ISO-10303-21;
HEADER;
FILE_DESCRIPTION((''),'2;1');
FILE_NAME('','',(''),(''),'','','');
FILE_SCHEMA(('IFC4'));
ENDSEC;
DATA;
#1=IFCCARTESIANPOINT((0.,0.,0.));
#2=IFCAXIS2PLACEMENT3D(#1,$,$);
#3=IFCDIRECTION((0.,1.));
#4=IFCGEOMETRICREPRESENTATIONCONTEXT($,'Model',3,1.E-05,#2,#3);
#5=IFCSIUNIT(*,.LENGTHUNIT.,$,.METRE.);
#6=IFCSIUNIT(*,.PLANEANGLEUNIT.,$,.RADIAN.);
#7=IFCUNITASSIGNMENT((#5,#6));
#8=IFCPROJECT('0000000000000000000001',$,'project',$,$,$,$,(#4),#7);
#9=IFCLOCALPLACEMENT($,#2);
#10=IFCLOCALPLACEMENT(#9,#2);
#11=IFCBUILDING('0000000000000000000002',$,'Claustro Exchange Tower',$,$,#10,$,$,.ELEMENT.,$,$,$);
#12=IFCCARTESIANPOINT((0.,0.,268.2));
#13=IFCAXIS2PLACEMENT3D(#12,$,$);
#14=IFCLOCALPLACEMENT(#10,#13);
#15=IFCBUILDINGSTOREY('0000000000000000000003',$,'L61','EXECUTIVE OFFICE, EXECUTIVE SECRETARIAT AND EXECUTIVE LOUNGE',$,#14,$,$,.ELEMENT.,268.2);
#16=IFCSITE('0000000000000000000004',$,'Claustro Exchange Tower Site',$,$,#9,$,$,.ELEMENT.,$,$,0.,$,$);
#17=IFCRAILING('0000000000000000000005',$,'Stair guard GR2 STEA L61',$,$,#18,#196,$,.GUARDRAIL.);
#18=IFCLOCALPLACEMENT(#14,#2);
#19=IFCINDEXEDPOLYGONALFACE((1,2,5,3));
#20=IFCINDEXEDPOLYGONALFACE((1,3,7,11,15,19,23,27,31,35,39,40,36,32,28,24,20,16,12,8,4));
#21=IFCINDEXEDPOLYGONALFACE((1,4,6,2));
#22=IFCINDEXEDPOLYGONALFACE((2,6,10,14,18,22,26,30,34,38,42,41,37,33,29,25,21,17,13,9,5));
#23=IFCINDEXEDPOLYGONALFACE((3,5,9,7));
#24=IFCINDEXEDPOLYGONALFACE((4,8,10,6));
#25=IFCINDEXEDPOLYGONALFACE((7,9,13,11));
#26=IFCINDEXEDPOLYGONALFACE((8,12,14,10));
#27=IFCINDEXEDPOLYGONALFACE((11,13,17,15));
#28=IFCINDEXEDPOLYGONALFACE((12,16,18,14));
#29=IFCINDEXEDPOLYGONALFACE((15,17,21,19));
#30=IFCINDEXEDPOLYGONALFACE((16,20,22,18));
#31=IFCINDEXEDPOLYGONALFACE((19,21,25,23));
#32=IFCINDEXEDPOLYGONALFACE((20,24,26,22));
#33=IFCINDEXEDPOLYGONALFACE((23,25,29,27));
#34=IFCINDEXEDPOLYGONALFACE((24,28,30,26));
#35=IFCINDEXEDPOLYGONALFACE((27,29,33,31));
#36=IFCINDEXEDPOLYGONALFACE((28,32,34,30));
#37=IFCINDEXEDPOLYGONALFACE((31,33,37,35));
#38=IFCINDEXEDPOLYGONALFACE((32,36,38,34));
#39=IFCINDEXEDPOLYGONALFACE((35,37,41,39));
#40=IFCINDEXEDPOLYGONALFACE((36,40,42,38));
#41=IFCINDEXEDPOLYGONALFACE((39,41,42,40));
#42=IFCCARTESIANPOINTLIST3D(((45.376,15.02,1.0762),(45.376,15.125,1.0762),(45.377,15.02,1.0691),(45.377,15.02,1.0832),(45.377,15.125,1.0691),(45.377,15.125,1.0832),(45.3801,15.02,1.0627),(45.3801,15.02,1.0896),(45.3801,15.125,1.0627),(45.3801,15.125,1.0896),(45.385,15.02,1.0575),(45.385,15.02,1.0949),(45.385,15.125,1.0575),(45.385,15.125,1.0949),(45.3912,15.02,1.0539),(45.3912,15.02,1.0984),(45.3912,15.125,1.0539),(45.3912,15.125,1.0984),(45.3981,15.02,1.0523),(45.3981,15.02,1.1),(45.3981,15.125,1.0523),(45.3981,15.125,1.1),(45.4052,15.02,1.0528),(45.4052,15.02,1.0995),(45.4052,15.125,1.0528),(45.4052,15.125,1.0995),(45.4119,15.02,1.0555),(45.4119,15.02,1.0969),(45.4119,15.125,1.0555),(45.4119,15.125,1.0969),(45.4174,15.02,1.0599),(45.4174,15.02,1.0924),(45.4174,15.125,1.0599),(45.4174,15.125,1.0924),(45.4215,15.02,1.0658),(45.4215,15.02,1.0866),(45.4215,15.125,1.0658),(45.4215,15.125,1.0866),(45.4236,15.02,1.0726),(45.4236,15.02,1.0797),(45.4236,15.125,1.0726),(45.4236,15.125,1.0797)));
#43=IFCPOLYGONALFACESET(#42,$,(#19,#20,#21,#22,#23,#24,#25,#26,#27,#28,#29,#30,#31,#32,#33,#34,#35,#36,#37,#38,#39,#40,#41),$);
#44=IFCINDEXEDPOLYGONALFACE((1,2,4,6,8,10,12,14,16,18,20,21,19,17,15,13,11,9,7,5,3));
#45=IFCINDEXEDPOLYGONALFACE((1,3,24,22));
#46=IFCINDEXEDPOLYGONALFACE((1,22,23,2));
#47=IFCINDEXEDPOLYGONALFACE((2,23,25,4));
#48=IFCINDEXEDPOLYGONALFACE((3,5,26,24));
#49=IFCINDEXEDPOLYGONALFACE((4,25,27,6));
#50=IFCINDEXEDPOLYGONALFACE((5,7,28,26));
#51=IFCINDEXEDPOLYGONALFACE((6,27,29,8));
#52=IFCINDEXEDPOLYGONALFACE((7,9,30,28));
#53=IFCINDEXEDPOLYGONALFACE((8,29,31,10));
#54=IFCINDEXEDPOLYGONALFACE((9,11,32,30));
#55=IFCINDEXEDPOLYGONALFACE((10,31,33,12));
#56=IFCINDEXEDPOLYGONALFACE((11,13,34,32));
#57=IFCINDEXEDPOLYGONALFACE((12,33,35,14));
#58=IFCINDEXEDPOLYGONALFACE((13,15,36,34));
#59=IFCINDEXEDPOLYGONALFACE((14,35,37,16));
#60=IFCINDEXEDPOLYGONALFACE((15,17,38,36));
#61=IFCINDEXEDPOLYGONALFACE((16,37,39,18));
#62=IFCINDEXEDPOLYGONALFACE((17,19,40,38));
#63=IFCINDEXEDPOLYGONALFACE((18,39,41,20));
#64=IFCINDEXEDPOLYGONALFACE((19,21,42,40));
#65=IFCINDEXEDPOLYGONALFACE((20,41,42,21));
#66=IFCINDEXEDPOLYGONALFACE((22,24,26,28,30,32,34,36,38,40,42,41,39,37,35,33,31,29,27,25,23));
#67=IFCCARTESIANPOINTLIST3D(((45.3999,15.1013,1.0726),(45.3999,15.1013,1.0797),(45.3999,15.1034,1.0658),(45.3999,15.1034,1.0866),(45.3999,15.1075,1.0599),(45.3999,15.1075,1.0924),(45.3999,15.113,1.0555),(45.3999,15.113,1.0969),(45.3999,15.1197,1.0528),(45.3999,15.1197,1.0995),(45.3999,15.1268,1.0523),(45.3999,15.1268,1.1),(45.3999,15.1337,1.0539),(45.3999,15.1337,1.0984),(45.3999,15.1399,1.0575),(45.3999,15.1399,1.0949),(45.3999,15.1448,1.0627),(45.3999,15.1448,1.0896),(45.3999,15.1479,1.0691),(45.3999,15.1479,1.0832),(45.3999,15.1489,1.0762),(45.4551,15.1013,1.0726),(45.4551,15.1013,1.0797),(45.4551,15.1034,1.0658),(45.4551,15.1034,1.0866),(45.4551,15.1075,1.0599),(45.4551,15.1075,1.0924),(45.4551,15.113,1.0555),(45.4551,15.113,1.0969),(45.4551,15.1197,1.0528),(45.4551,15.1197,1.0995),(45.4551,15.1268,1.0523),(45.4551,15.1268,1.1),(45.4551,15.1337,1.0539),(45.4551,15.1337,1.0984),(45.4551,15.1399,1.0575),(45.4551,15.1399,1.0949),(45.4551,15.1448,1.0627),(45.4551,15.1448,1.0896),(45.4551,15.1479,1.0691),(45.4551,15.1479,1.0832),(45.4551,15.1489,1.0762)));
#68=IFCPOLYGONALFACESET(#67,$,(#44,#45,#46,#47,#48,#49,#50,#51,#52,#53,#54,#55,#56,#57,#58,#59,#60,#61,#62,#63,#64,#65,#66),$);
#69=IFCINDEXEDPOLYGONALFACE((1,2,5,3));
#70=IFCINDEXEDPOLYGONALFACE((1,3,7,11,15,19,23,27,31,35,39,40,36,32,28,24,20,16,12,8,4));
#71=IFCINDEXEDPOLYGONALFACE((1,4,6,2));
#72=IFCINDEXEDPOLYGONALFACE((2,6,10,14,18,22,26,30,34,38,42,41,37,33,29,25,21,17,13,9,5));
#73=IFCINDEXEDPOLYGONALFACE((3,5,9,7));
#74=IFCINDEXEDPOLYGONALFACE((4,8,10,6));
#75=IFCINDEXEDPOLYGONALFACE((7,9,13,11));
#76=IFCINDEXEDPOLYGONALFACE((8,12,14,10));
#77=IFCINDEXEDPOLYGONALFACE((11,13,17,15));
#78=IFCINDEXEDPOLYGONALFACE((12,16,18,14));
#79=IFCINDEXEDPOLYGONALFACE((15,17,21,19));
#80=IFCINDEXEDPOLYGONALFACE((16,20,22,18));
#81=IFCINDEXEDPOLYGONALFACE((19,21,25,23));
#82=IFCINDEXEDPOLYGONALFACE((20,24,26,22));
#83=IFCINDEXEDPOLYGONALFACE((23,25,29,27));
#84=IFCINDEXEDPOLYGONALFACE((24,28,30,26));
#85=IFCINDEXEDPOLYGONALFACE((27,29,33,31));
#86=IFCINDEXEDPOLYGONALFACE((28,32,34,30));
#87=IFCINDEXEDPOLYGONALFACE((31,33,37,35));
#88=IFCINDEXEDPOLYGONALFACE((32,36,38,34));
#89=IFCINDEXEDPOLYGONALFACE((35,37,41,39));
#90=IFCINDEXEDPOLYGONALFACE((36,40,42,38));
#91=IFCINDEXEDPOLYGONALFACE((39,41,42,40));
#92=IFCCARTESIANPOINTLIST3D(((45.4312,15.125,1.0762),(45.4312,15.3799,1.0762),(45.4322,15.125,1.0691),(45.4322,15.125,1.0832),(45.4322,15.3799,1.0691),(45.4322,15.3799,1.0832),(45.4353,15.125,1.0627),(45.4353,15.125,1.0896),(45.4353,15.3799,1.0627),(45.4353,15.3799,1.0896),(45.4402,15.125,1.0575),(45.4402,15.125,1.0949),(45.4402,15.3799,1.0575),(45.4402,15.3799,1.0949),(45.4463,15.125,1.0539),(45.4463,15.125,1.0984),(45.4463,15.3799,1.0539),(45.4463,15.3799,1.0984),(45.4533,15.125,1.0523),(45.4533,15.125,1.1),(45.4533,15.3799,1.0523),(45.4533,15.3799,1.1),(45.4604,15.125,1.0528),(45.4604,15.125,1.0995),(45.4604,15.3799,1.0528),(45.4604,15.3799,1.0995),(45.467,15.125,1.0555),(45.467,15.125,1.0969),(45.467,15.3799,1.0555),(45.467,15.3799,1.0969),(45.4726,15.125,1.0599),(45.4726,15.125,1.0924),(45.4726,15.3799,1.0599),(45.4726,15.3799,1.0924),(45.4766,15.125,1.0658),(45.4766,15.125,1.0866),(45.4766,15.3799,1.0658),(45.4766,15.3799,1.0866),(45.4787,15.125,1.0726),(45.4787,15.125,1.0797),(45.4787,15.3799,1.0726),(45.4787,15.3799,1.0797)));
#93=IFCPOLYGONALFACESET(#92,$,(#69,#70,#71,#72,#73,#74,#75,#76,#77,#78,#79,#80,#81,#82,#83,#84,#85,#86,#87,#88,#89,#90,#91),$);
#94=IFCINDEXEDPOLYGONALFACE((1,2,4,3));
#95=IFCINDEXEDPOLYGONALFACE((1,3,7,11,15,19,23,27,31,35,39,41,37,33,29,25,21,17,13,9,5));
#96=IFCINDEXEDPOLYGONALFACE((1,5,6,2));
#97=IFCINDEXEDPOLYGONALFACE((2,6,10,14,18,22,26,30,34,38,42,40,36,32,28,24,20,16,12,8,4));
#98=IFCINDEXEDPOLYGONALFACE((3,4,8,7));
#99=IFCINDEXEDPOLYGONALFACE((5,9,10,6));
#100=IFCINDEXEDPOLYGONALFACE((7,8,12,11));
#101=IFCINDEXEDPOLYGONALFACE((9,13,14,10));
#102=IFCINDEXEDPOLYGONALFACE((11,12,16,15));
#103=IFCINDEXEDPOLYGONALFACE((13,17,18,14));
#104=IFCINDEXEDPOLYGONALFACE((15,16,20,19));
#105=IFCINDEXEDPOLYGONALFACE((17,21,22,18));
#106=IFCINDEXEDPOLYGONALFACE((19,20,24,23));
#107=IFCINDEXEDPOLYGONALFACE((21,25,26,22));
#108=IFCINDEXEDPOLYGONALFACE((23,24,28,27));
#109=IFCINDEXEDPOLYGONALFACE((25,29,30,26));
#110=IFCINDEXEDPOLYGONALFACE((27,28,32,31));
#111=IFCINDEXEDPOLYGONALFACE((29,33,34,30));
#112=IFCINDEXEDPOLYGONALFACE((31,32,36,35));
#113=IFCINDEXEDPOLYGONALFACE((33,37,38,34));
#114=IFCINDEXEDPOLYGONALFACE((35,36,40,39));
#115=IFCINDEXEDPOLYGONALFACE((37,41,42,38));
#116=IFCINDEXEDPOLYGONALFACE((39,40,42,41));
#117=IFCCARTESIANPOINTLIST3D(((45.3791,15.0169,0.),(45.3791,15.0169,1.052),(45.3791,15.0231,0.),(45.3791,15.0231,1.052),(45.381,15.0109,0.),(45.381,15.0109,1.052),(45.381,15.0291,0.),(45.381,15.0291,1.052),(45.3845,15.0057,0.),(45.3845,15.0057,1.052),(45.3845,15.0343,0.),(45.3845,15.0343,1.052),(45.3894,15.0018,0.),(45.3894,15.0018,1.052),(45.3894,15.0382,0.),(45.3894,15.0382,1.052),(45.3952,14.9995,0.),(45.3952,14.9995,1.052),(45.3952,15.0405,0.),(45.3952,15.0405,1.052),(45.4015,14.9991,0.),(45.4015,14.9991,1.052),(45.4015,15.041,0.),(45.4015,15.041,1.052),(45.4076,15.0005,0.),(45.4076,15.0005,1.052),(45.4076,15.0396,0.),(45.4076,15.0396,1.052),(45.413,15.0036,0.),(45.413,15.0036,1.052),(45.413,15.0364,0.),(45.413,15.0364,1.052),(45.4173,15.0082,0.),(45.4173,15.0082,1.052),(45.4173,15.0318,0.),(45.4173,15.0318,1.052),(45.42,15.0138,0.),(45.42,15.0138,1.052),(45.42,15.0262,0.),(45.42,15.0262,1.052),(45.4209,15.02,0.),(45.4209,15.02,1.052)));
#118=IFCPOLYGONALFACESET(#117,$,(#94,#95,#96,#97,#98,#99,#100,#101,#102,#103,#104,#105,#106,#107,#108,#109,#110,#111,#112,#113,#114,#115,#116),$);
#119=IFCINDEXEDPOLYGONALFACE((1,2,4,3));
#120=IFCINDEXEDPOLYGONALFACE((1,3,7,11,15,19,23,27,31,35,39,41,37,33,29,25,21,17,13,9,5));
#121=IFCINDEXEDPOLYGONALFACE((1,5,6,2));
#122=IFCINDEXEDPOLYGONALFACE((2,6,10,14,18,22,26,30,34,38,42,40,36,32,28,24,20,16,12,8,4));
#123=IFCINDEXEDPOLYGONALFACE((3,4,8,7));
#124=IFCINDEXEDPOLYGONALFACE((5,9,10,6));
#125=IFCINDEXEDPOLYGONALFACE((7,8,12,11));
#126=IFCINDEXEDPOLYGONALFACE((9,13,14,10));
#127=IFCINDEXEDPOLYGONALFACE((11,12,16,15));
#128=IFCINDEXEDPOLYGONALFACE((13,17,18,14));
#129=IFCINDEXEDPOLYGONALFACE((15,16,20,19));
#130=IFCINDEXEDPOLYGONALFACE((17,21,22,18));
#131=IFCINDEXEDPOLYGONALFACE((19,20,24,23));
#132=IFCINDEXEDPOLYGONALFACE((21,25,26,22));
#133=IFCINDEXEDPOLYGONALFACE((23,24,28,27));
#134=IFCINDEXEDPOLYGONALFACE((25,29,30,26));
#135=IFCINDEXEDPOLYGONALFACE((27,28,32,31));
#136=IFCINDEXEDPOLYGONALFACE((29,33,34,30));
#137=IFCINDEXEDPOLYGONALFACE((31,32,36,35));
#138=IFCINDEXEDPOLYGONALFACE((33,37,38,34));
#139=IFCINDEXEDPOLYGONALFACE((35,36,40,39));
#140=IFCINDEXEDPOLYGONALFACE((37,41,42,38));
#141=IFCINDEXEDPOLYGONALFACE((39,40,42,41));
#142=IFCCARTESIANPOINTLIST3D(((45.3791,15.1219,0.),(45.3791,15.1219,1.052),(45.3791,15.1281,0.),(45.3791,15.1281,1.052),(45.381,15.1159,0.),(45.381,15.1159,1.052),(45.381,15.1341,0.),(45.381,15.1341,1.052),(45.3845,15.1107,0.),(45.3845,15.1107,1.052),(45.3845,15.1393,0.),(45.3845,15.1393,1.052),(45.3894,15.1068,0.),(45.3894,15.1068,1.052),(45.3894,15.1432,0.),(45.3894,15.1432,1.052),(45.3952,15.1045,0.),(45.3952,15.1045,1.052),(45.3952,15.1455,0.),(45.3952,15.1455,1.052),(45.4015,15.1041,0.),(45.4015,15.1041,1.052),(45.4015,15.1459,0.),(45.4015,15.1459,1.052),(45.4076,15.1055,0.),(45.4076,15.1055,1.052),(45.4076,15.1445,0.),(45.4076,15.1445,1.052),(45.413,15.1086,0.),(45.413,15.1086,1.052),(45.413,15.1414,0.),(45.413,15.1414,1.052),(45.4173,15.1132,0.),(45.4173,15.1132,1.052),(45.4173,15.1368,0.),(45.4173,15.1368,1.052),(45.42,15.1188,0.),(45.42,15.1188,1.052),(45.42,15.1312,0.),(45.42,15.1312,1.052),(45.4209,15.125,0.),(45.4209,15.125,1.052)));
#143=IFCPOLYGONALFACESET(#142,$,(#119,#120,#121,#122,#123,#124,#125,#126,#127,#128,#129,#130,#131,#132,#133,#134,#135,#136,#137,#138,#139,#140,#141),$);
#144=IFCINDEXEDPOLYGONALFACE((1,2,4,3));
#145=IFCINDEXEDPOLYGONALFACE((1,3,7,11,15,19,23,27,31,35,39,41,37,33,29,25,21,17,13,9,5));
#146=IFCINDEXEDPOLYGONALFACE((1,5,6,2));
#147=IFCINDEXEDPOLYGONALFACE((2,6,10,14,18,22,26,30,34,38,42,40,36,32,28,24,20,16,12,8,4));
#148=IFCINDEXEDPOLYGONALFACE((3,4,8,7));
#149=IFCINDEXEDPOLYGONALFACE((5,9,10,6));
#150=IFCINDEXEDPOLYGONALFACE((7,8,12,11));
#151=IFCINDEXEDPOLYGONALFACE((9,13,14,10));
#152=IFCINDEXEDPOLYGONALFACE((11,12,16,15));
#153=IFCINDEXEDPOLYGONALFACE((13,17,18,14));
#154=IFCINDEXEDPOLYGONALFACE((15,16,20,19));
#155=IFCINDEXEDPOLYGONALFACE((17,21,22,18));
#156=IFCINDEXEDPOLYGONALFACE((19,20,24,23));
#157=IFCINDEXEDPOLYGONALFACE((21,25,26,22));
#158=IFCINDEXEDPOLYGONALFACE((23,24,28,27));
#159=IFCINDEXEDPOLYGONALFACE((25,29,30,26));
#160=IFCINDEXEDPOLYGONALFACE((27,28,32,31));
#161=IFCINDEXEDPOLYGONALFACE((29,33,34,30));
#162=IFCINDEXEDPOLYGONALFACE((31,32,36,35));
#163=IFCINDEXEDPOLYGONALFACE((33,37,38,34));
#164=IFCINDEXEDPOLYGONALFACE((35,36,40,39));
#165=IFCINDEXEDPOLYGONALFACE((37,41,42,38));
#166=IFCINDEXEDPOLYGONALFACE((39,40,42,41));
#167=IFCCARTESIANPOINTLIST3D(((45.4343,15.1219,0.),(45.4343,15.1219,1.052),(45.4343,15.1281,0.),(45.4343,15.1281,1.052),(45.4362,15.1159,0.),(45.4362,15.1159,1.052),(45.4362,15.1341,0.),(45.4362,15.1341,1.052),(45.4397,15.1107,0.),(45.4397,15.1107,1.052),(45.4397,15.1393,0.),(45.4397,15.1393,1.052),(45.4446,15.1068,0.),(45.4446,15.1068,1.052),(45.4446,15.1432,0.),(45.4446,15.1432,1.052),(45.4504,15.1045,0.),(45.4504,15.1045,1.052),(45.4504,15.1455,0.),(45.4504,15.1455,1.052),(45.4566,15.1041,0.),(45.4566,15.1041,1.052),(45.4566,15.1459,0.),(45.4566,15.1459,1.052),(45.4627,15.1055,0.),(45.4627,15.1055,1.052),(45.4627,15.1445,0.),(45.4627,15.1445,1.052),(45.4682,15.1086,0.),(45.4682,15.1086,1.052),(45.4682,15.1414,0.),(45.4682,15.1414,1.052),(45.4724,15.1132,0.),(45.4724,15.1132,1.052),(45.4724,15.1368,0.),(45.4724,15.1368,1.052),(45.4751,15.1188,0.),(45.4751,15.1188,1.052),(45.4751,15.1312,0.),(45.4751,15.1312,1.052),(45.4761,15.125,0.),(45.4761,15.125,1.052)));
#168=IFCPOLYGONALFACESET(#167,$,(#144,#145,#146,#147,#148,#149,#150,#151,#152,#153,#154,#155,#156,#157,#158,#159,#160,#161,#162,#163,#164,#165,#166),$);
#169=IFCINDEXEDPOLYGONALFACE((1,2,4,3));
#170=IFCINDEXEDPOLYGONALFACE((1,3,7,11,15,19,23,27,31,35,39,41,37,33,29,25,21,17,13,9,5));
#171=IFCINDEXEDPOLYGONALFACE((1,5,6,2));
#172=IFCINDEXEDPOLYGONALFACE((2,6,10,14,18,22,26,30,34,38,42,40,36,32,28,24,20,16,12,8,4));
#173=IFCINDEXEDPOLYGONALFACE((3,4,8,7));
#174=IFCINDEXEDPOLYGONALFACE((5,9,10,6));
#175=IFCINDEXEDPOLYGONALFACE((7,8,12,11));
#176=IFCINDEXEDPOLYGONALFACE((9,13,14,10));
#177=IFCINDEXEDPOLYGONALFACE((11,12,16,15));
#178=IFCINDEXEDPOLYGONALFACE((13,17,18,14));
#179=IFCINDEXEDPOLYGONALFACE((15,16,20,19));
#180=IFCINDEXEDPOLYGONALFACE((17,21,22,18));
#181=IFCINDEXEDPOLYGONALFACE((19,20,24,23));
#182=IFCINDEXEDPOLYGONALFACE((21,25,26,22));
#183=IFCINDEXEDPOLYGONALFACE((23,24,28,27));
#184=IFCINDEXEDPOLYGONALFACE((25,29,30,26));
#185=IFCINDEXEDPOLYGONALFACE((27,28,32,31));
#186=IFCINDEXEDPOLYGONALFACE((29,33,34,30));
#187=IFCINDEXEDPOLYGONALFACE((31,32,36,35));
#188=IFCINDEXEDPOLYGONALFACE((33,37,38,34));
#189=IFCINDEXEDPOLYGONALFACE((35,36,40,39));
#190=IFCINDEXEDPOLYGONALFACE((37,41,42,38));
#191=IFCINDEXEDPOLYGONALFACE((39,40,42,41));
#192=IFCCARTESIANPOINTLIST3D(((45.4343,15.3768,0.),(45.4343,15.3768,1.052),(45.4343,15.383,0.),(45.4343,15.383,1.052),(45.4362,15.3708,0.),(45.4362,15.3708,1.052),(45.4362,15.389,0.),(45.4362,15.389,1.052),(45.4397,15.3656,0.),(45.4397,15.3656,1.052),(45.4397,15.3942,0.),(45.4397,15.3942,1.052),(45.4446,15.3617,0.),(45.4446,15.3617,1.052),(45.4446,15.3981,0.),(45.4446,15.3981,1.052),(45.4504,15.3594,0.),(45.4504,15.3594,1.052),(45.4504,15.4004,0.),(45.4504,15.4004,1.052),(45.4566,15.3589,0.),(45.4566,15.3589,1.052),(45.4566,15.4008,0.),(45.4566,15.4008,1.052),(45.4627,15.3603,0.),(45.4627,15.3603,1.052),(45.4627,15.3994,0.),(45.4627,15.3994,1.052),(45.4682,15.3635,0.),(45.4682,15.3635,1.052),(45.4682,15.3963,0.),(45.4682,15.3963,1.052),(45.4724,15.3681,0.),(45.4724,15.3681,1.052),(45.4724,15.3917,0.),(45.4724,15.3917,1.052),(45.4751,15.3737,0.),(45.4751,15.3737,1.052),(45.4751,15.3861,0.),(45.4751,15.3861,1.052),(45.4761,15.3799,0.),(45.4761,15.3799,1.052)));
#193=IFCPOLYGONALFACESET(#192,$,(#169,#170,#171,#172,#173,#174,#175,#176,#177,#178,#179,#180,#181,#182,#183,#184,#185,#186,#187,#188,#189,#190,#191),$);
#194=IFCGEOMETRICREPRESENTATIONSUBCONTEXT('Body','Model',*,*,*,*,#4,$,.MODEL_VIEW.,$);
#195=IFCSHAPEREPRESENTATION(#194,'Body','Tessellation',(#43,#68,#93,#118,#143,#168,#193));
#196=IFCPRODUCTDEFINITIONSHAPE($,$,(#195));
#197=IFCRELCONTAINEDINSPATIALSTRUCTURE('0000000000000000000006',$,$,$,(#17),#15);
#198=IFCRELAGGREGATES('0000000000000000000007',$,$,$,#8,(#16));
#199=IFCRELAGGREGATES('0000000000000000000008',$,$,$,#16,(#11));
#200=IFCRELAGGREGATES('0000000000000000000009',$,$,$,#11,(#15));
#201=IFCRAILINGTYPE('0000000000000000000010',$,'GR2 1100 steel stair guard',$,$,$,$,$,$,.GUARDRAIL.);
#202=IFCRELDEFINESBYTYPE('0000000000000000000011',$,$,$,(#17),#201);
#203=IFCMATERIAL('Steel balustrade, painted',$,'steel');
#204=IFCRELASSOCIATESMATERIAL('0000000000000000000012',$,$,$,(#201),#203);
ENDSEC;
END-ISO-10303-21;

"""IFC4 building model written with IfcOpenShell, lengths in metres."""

from ifc_helpers import new_model, si_unit, direction, frame, origin, origin_2d, place, context, subcontext, project, spatial, circle, extrude, material, type_object, element, save


model = new_model("IFC4")

# Units and contexts
model_context = context("Model", 3, precision=1e-05, world=origin(), true_north=direction((0.0, 1.0)))
body_context = subcontext(model_context, "Body", "Model", "MODEL_VIEW")
ifc_project = project(units=[si_unit("LENGTHUNIT", "METRE"), si_unit("PLANEANGLEUNIT", "RADIAN")], contexts=[model_context])

# Site, building, storey
site_placement = place(None, origin())
site = spatial("IfcSite", under=ifc_project, at=site_placement, Name="Claustro Exchange Tower Site", CompositionType="ELEMENT", RefElevation=0.0)
building_placement = place(site_placement, origin())
building = spatial("IfcBuilding", under=site, at=building_placement, Name="Claustro Exchange Tower", CompositionType="ELEMENT")
storey_placement = place(building_placement, frame((0.0, 0.0, 268.2)))
storey = spatial("IfcBuildingStorey", under=building, at=storey_placement, Name="L61", Description="EXECUTIVE OFFICE, EXECUTIVE SECRETARIAT AND EXECUTIVE LOUNGE", CompositionType="ELEMENT", Elevation=268.2)

# Railing
ifc_material_1 = material(Name="Steel balustrade, painted", Category="steel")
railing_type_1 = type_object("IfcRailingType", Name="GR2 1100 steel stair guard", PredefinedType="GUARDRAIL", material=ifc_material_1)
railing_1_placement = place(storey_placement, frame((45.3999, 15.02, 0.0)))
element("IfcRailing", 1, at=railing_1_placement, inside=storey, type_object=railing_type_1, Name="Stair guard GR2 STEA L61", PredefinedType="GUARDRAIL", context=body_context, shape_type="SweptSolid", body=[
    extrude(circle(Radius=0.0239, at=origin_2d()), frame((0.0, 0.0, 1.0762), z_axis=(0.0, 1.0, 0.0), x_axis=(-1.0, 0.0, 0.0)), (0.0, 0.0, 1.0), 0.105),
    extrude(circle(Radius=0.0239, at=origin_2d()), frame((0.0, 0.105, 1.0762), z_axis=(1.0, 0.0, 0.0), x_axis=(0.0, 1.0, 0.0)), (0.0, 0.0, 1.0), 0.0552),
    extrude(circle(Radius=0.0239, at=origin_2d()), frame((0.0552, 0.105, 1.0762), z_axis=(0.0, 1.0, 0.0), x_axis=(-1.0, 0.0, 0.0)), (0.0, 0.0, 1.0), 0.2549),
    extrude(circle(Radius=0.021, at=origin_2d()), origin(), (0.0, 0.0, 1.0), 1.052),
    extrude(circle(Radius=0.021, at=origin_2d()), frame((0.0, 0.105, 0.0)), (0.0, 0.0, 1.0), 1.052),
    extrude(circle(Radius=0.021, at=origin_2d()), frame((0.0552, 0.105, 0.0)), (0.0, 0.0, 1.0), 1.052),
    extrude(circle(Radius=0.021, at=origin_2d()), frame((0.0552, 0.3599, 0.0)), (0.0, 0.0, 1.0), 1.052),
])

save(model, "model.ifc")
